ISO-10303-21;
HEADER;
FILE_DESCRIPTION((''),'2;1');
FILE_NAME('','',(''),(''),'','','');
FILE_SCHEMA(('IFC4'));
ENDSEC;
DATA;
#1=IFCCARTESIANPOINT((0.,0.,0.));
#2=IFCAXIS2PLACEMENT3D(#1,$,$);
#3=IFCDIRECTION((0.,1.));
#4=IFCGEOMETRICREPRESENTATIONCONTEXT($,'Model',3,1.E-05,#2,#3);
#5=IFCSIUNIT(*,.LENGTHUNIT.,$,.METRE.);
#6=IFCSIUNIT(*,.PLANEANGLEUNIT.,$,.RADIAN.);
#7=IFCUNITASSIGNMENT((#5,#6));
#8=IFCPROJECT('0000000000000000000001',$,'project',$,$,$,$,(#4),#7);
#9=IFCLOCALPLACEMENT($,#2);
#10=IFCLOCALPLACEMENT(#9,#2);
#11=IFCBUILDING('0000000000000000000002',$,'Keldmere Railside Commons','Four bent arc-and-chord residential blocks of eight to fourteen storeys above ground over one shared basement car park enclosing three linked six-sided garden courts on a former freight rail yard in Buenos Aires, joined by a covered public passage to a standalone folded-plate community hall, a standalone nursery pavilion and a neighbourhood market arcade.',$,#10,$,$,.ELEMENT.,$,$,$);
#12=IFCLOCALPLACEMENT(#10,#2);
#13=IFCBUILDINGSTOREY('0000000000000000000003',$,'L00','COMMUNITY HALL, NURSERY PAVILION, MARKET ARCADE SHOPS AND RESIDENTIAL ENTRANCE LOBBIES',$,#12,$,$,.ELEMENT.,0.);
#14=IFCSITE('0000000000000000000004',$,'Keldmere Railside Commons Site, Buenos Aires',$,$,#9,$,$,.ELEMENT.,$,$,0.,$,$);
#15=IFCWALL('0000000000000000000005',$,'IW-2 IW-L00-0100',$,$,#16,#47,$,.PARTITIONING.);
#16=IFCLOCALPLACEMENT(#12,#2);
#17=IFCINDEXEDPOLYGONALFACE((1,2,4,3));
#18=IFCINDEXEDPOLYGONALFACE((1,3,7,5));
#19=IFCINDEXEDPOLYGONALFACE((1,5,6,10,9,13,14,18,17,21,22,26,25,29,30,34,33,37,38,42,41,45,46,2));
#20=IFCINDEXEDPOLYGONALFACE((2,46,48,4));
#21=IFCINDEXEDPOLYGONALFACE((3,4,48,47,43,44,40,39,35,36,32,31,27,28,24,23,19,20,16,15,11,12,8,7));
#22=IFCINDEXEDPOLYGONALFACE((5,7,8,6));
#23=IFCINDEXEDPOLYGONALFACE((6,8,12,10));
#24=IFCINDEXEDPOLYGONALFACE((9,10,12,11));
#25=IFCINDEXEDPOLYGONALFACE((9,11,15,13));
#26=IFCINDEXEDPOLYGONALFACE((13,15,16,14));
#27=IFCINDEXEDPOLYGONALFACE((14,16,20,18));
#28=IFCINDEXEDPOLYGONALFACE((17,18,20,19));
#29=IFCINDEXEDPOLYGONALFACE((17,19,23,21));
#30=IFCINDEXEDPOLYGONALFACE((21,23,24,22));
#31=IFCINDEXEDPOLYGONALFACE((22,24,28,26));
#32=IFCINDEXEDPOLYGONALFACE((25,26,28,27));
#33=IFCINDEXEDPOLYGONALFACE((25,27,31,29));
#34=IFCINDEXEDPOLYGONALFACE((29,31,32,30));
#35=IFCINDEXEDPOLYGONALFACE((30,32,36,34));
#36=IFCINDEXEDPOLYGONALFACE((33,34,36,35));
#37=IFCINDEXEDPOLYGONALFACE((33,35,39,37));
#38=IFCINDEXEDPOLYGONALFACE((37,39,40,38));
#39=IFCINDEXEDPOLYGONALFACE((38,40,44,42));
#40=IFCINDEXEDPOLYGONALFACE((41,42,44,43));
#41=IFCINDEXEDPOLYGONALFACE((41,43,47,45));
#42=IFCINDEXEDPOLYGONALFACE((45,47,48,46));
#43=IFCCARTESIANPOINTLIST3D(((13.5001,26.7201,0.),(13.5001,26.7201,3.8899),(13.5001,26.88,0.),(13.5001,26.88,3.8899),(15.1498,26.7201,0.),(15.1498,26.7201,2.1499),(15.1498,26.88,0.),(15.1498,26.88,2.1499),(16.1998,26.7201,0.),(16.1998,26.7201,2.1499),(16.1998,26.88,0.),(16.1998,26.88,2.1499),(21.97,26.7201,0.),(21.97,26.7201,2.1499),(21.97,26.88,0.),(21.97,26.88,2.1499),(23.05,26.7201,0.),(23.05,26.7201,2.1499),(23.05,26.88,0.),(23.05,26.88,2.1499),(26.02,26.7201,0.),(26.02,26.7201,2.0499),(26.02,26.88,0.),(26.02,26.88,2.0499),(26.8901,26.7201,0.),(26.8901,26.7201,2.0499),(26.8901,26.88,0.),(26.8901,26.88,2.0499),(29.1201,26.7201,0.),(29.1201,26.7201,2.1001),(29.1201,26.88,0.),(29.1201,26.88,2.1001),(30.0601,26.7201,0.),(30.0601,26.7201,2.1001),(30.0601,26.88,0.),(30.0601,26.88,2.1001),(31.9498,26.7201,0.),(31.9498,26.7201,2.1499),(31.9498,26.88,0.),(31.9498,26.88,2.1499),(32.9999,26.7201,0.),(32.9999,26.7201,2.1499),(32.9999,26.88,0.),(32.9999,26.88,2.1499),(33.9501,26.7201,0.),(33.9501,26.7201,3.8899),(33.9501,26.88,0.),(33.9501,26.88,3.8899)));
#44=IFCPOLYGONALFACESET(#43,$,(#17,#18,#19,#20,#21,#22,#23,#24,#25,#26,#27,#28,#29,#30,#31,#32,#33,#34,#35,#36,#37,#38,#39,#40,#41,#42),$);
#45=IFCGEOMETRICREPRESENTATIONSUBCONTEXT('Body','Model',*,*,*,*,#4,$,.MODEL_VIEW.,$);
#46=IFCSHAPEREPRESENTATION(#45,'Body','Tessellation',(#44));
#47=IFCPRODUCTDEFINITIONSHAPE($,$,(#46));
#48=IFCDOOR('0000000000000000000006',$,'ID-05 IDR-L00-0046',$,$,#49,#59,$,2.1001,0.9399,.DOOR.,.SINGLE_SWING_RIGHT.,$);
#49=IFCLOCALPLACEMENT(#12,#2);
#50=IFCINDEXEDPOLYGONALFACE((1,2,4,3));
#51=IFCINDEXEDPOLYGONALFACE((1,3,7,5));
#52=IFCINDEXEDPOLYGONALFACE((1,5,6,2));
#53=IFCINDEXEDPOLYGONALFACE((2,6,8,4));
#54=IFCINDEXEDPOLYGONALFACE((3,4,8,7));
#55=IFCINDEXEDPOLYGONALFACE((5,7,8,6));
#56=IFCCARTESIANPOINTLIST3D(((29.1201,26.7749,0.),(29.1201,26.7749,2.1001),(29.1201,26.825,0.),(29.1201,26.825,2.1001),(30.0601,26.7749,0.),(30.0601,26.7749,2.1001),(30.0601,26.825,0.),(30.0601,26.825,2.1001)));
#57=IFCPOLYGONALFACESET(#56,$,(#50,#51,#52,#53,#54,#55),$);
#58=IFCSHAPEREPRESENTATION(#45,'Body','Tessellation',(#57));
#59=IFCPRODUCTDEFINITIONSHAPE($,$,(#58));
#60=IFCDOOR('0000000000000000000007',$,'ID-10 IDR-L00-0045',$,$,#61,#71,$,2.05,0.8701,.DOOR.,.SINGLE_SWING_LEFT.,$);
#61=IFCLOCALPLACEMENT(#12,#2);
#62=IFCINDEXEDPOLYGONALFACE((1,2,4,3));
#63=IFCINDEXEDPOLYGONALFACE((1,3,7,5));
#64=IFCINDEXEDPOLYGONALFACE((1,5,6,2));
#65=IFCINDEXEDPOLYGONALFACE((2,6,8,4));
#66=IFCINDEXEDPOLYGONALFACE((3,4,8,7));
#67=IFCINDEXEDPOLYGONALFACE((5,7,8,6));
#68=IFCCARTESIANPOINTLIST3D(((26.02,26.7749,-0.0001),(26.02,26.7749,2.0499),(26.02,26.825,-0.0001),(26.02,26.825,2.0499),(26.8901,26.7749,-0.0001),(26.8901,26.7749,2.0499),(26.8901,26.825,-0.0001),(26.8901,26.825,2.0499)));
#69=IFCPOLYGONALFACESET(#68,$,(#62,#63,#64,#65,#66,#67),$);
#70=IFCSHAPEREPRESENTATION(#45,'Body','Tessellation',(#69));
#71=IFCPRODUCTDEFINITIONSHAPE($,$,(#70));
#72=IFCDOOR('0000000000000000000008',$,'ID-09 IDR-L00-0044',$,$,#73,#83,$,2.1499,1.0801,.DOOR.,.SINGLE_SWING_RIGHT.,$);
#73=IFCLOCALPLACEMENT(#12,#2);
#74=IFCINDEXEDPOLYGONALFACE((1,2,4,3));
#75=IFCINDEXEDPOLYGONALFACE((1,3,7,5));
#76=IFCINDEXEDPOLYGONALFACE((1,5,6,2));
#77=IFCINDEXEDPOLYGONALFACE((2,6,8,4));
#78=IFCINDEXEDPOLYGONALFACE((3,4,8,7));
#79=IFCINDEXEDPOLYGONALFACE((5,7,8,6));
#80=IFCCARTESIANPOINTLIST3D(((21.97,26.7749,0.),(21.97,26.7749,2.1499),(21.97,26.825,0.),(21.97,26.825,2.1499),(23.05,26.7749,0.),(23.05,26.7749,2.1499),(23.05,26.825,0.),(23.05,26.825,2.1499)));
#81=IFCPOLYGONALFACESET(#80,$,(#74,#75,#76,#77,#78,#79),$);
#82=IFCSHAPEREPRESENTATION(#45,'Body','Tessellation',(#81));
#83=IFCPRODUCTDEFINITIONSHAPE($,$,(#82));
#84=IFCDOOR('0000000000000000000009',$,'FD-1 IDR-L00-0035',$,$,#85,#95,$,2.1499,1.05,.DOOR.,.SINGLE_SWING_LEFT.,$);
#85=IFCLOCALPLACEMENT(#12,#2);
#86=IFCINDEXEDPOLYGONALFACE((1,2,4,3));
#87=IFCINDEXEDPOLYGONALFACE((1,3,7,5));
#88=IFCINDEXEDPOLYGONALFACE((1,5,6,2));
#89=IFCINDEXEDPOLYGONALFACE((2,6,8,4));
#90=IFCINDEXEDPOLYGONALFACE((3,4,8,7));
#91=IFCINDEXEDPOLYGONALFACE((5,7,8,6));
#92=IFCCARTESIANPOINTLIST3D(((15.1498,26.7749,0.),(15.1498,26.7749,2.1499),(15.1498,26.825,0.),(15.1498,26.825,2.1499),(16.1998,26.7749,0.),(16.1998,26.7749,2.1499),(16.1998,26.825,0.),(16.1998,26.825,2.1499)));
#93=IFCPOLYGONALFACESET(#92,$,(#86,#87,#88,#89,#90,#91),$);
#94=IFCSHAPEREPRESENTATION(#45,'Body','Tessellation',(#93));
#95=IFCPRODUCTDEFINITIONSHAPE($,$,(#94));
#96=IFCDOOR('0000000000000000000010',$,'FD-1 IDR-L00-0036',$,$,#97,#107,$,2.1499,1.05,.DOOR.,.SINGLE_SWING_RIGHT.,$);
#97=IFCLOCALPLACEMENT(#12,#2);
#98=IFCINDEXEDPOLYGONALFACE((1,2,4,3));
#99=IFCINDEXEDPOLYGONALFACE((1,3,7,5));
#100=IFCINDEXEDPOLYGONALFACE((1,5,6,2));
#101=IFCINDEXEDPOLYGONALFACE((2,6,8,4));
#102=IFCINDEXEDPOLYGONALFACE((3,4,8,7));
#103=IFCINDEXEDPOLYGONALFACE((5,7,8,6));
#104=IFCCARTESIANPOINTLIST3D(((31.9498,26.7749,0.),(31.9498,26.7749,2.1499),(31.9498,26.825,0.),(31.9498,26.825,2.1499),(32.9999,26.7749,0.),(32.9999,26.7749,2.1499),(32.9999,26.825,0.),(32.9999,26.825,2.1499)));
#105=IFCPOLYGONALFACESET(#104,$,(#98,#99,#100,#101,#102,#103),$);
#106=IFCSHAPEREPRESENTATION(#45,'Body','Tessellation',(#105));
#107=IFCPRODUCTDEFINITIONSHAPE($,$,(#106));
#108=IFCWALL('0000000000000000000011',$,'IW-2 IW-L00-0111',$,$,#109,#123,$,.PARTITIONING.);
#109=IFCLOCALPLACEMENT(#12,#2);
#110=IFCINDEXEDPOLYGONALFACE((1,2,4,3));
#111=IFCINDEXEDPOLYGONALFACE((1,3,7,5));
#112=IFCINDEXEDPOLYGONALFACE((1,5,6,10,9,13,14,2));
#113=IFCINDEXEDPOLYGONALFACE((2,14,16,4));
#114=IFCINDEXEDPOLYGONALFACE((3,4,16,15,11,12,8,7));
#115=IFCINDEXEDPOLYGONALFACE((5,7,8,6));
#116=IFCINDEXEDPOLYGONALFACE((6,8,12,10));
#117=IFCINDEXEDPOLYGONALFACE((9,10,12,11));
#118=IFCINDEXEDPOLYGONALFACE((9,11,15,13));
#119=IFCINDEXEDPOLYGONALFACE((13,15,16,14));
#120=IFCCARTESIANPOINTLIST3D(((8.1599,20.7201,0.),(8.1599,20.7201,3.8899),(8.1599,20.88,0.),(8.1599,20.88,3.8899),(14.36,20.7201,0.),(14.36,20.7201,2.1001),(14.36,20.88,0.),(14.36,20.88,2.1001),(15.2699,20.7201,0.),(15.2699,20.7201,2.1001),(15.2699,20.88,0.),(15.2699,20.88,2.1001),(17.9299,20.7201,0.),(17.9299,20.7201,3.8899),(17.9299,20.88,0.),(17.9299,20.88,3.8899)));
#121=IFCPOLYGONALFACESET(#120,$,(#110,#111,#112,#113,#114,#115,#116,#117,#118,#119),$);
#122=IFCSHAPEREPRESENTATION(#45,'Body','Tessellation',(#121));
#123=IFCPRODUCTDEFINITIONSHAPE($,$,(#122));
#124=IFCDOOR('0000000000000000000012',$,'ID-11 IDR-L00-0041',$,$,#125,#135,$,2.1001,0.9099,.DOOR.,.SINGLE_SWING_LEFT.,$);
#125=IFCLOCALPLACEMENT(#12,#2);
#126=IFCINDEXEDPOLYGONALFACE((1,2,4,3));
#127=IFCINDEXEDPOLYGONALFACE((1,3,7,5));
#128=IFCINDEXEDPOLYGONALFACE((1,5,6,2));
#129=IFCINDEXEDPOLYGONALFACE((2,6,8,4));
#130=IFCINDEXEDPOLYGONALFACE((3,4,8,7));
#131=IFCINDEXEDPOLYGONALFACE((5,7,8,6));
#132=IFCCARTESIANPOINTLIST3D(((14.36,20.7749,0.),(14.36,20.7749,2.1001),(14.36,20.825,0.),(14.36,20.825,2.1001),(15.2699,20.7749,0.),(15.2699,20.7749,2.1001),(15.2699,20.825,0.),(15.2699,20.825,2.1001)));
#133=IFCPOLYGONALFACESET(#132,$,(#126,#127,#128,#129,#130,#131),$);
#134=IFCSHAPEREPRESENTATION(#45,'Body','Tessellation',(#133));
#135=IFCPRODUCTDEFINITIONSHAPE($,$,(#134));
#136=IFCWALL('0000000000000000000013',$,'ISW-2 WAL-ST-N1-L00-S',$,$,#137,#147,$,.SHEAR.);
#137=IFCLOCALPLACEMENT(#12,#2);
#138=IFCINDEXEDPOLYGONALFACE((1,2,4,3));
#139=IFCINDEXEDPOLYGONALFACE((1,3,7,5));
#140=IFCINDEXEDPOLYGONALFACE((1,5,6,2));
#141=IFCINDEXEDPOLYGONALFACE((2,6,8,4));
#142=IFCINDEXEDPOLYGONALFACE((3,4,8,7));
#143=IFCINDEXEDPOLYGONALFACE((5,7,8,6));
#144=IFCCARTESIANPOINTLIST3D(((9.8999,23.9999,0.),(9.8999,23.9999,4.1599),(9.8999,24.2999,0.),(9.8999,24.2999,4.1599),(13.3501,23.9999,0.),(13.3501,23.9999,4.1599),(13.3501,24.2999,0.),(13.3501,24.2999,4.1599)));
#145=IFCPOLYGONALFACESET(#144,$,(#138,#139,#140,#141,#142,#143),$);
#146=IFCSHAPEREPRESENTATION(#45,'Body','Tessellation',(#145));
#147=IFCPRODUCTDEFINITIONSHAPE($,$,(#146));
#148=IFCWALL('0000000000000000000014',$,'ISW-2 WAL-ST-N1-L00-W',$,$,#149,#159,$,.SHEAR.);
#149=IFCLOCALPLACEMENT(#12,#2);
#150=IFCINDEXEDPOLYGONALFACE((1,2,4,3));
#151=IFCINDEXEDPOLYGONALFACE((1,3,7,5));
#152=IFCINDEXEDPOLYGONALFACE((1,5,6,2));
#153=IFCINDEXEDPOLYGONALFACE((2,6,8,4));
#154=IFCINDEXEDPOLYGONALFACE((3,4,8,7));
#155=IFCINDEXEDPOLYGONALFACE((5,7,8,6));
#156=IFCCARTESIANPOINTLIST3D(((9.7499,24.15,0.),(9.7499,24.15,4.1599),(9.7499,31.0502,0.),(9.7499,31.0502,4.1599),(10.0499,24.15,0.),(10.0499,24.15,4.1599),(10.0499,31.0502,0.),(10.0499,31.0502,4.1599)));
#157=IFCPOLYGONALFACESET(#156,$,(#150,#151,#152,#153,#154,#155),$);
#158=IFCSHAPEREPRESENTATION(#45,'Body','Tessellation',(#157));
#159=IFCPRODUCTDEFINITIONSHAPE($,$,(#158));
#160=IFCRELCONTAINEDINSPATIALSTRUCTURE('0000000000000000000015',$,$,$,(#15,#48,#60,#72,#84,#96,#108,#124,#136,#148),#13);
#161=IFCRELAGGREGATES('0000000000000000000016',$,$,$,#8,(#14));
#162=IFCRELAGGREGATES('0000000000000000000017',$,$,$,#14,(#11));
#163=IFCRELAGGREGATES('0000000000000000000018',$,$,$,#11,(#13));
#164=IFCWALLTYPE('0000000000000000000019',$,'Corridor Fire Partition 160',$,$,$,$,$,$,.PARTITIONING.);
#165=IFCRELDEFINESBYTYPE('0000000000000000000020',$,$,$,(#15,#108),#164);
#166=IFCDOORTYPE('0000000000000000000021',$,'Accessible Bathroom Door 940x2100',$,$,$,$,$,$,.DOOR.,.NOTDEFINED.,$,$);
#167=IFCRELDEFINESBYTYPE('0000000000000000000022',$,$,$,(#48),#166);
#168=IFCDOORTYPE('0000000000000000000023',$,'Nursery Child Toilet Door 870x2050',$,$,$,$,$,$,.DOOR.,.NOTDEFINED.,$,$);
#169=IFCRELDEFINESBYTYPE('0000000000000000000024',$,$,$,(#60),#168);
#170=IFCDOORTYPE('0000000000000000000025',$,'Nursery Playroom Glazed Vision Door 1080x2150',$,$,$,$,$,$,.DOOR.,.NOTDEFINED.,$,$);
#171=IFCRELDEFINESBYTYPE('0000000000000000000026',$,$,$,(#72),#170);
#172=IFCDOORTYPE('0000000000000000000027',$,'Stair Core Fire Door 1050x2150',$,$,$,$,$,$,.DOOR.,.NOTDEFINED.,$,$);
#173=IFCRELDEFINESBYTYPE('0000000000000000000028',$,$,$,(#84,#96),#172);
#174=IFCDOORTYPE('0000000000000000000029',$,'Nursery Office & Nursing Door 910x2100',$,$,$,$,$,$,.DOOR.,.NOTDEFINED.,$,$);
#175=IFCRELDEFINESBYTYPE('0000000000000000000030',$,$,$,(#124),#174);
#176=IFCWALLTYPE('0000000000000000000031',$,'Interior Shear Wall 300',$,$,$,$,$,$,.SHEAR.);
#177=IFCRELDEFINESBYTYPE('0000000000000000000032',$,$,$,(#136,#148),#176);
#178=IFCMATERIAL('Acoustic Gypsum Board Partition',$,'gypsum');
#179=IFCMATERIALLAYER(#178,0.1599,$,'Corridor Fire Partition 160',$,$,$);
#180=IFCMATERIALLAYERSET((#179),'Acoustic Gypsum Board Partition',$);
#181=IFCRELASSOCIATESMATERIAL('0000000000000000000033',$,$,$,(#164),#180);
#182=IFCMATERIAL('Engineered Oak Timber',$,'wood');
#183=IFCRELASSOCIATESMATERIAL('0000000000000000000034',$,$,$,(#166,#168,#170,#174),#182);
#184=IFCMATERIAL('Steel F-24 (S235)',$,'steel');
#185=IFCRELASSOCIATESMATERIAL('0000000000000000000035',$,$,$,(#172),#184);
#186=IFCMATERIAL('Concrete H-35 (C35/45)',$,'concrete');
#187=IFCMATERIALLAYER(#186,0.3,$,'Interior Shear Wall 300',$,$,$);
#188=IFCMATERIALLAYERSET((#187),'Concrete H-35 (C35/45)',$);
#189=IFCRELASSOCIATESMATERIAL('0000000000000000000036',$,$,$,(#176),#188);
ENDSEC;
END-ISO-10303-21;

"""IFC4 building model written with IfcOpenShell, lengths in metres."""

from ifc_helpers import new_model, si_unit, direction, frame, frame_2d, origin, place, context, subcontext, project, spatial, rectangle, extrude, material, layer, layer_set, type_object, element, fill, save


model = new_model("IFC4")

# Units and contexts
model_context = context("Model", 3, precision=1e-05, world=origin(), true_north=direction((0.0, 1.0)))
body_context = subcontext(model_context, "Body", "Model", "MODEL_VIEW")
ifc_project = project(units=[si_unit("LENGTHUNIT", "METRE"), si_unit("PLANEANGLEUNIT", "RADIAN")], contexts=[model_context])

# Site, building, storey
site_placement = place(None, origin())
site = spatial("IfcSite", under=ifc_project, at=site_placement, Name="Keldmere Railside Commons Site, Buenos Aires", CompositionType="ELEMENT", RefElevation=0.0)
building_placement = place(site_placement, origin())
building = spatial("IfcBuilding", under=site, at=building_placement, Name="Keldmere Railside Commons", Description="Four bent arc-and-chord residential blocks of eight to fourteen storeys above ground over one shared basement car park enclosing three linked six-sided garden courts on a former freight rail yard in Buenos Aires, joined by a covered public passage to a standalone folded-plate community hall, a standalone nursery pavilion and a neighbourhood market arcade.", CompositionType="ELEMENT")
storey_placement = place(building_placement, origin())
storey = spatial("IfcBuildingStorey", under=building, at=storey_placement, Name="L00", Description="COMMUNITY HALL, NURSERY PAVILION, MARKET ARCADE SHOPS AND RESIDENTIAL ENTRANCE LOBBIES", CompositionType="ELEMENT", Elevation=0.0)

# Shared definitions
ifc_material_1 = material(Name="Concrete H-35 (C35/45)", Category="concrete")

# Wall, openings, doors
ifc_material_2 = material(Name="Acoustic Gypsum Board Partition", Category="gypsum")
ifc_layer_1 = layer(ifc_material_2, 0.1599, Name="Corridor Fire Partition 160")
ifc_layer_set_1 = layer_set([ifc_layer_1], Name="Acoustic Gypsum Board Partition")
wall_type_1 = type_object("IfcWallType", Name="Corridor Fire Partition 160", PredefinedType="PARTITIONING", material=ifc_layer_set_1)
wall_1_placement = place(storey_placement, frame((13.5, 26.8, 0.0), z_axis=(0.0, 0.0, 1.0), x_axis=(1.0, 0.0, 0.0)))
wall_1 = element("IfcWall", 1, at=wall_1_placement, inside=storey, type_object=wall_type_1, Name="IW-2 IW-L00-0100", PredefinedType="PARTITIONING", context=body_context, shape_type="SweptSolid", body=[
    extrude(rectangle(XDim=20.45, YDim=0.1599, at=frame_2d((10.2251, 0.0))), origin(), (0.0, 0.0, 1.0), 3.8899),
])
opening_1_placement = place(wall_1_placement, frame((1.6499, 0.0, 0.0)))
opening_1 = element("IfcOpeningElement", 2, at=opening_1_placement, cuts=wall_1, PredefinedType="OPENING", context=body_context, shape_type="SweptSolid", body=[
    extrude(rectangle(XDim=1.05, YDim=2.1499, at=frame_2d((0.5249, 1.075))), frame((0.0, 0.0898, 0.0), z_axis=(0.0, -1.0, 0.0), x_axis=(1.0, 0.0, 0.0)), (0.0, 0.0, 1.0), 0.1799),
])
opening_2_placement = place(wall_1_placement, frame((18.45, 0.0, 0.0)))
opening_2 = element("IfcOpeningElement", 3, at=opening_2_placement, cuts=wall_1, PredefinedType="OPENING", context=body_context, shape_type="SweptSolid", body=[
    extrude(rectangle(XDim=1.05, YDim=2.1499, at=frame_2d((0.5249, 1.075))), frame((0.0, 0.0898, 0.0), z_axis=(0.0, -1.0, 0.0), x_axis=(1.0, 0.0, 0.0)), (0.0, 0.0, 1.0), 0.1799),
])
opening_3_placement = place(wall_1_placement, frame((8.47, 0.0, 0.0)))
opening_3 = element("IfcOpeningElement", 4, at=opening_3_placement, cuts=wall_1, PredefinedType="OPENING", context=body_context, shape_type="SweptSolid", body=[
    extrude(rectangle(XDim=1.0801, YDim=2.1499, at=frame_2d((0.54, 1.075))), frame((0.0, 0.0898, 0.0), z_axis=(0.0, -1.0, 0.0), x_axis=(1.0, 0.0, 0.0)), (0.0, 0.0, 1.0), 0.1799),
])
opening_4_placement = place(wall_1_placement, frame((12.52, 0.0, 0.0)))
opening_4 = element("IfcOpeningElement", 5, at=opening_4_placement, cuts=wall_1, PredefinedType="OPENING", context=body_context, shape_type="SweptSolid", body=[
    extrude(rectangle(XDim=0.8701, YDim=2.05, at=frame_2d((0.4351, 1.0249))), frame((0.0, 0.0898, 0.0), z_axis=(0.0, -1.0, 0.0), x_axis=(1.0, 0.0, 0.0)), (0.0, 0.0, 1.0), 0.1799),
])
opening_5_placement = place(wall_1_placement, frame((15.6201, 0.0, 0.0)))
opening_5 = element("IfcOpeningElement", 6, at=opening_5_placement, cuts=wall_1, PredefinedType="OPENING", context=body_context, shape_type="SweptSolid", body=[
    extrude(rectangle(XDim=0.9399, YDim=2.1001, at=frame_2d((0.47, 1.05))), frame((0.0, 0.0898, 0.0), z_axis=(0.0, -1.0, 0.0), x_axis=(1.0, 0.0, 0.0)), (0.0, 0.0, 1.0), 0.1799),
])
ifc_material_3 = material(Name="Engineered Oak Timber", Category="wood")
door_type_1 = type_object("IfcDoorType", Name="Accessible Bathroom Door 940x2100", OperationType="NOTDEFINED", PredefinedType="DOOR", material=ifc_material_3)
door_1_placement = place(opening_5_placement, origin())
door_1 = element("IfcDoor", 7, at=door_1_placement, inside=storey, type_object=door_type_1, Name="ID-05 IDR-L00-0046", OperationType="SINGLE_SWING_RIGHT", OverallHeight=2.1001, OverallWidth=0.9399, PredefinedType="DOOR", context=body_context, shape_type="SweptSolid", body=[
    extrude(rectangle(XDim=0.9399, YDim=2.1001, at=frame_2d((0.47, 1.05))), frame((0.0, 0.0249, 0.0), z_axis=(0.0, -1.0, 0.0), x_axis=(1.0, 0.0, 0.0)), (0.0, 0.0, 1.0), 0.05),
])
fill(opening_5, door_1)
door_type_2 = type_object("IfcDoorType", Name="Nursery Child Toilet Door 870x2050", OperationType="NOTDEFINED", PredefinedType="DOOR", material=ifc_material_3)
door_2_placement = place(opening_4_placement, origin())
door_2 = element("IfcDoor", 8, at=door_2_placement, inside=storey, type_object=door_type_2, Name="ID-10 IDR-L00-0045", OperationType="SINGLE_SWING_LEFT", OverallHeight=2.05, OverallWidth=0.8701, PredefinedType="DOOR", context=body_context, shape_type="SweptSolid", body=[
    extrude(rectangle(XDim=0.8701, YDim=2.05, at=frame_2d((0.4351, 1.0249))), frame((0.0, 0.0249, 0.0), z_axis=(0.0, -1.0, 0.0), x_axis=(1.0, 0.0, 0.0)), (0.0, 0.0, 1.0), 0.05),
])
fill(opening_4, door_2)
door_type_3 = type_object("IfcDoorType", Name="Nursery Playroom Glazed Vision Door 1080x2150", OperationType="NOTDEFINED", PredefinedType="DOOR", material=ifc_material_3)
door_3_placement = place(opening_3_placement, origin())
door_3 = element("IfcDoor", 9, at=door_3_placement, inside=storey, type_object=door_type_3, Name="ID-09 IDR-L00-0044", OperationType="SINGLE_SWING_RIGHT", OverallHeight=2.1499, OverallWidth=1.0801, PredefinedType="DOOR", context=body_context, shape_type="SweptSolid", body=[
    extrude(rectangle(XDim=1.0801, YDim=2.1499, at=frame_2d((0.54, 1.075))), frame((0.0, 0.0249, 0.0), z_axis=(0.0, -1.0, 0.0), x_axis=(1.0, 0.0, 0.0)), (0.0, 0.0, 1.0), 0.05),
])
fill(opening_3, door_3)
ifc_material_4 = material(Name="Steel F-24 (S235)", Category="steel")
door_type_4 = type_object("IfcDoorType", Name="Stair Core Fire Door 1050x2150", OperationType="NOTDEFINED", PredefinedType="DOOR", material=ifc_material_4)
door_4_placement = place(opening_1_placement, origin())
door_4 = element("IfcDoor", 10, at=door_4_placement, inside=storey, type_object=door_type_4, Name="FD-1 IDR-L00-0035", OperationType="SINGLE_SWING_LEFT", OverallHeight=2.1499, OverallWidth=1.05, PredefinedType="DOOR", context=body_context, shape_type="SweptSolid", body=[
    extrude(rectangle(XDim=1.05, YDim=2.1499, at=frame_2d((0.5249, 1.075))), frame((0.0, 0.0249, 0.0), z_axis=(0.0, -1.0, 0.0), x_axis=(1.0, 0.0, 0.0)), (0.0, 0.0, 1.0), 0.05),
])
fill(opening_1, door_4)
door_5_placement = place(opening_2_placement, origin())
door_5 = element("IfcDoor", 11, at=door_5_placement, inside=storey, type_object=door_type_4, Name="FD-1 IDR-L00-0036", OperationType="SINGLE_SWING_RIGHT", OverallHeight=2.1499, OverallWidth=1.05, PredefinedType="DOOR", context=body_context, shape_type="SweptSolid", body=[
    extrude(rectangle(XDim=1.05, YDim=2.1499, at=frame_2d((0.5249, 1.075))), frame((0.0, 0.0249, 0.0), z_axis=(0.0, -1.0, 0.0), x_axis=(1.0, 0.0, 0.0)), (0.0, 0.0, 1.0), 0.05),
])
fill(opening_2, door_5)

# Wall, opening, door
wall_2_placement = place(storey_placement, frame((8.1599, 20.8, 0.0), z_axis=(0.0, 0.0, 1.0), x_axis=(1.0, 0.0, 0.0)))
wall_2 = element("IfcWall", 12, at=wall_2_placement, inside=storey, type_object=wall_type_1, Name="IW-2 IW-L00-0111", PredefinedType="PARTITIONING", context=body_context, shape_type="SweptSolid", body=[
    extrude(rectangle(XDim=9.77, YDim=0.1599, at=frame_2d((4.885, 0.0))), origin(), (0.0, 0.0, 1.0), 3.8899),
])
opening_6_placement = place(wall_2_placement, frame((6.2, 0.0, 0.0)))
opening_6 = element("IfcOpeningElement", 13, at=opening_6_placement, cuts=wall_2, PredefinedType="OPENING", context=body_context, shape_type="SweptSolid", body=[
    extrude(rectangle(XDim=0.9099, YDim=2.1001, at=frame_2d((0.4551, 1.05))), frame((0.0, 0.0898, 0.0), z_axis=(0.0, -1.0, 0.0), x_axis=(1.0, 0.0, 0.0)), (0.0, 0.0, 1.0), 0.1799),
])
door_type_5 = type_object("IfcDoorType", Name="Nursery Office & Nursing Door 910x2100", OperationType="NOTDEFINED", PredefinedType="DOOR", material=ifc_material_3)
door_6_placement = place(opening_6_placement, origin())
door_6 = element("IfcDoor", 14, at=door_6_placement, inside=storey, type_object=door_type_5, Name="ID-11 IDR-L00-0041", OperationType="SINGLE_SWING_LEFT", OverallHeight=2.1001, OverallWidth=0.9099, PredefinedType="DOOR", context=body_context, shape_type="SweptSolid", body=[
    extrude(rectangle(XDim=0.9099, YDim=2.1001, at=frame_2d((0.4551, 1.05))), frame((0.0, 0.0249, 0.0), z_axis=(0.0, -1.0, 0.0), x_axis=(1.0, 0.0, 0.0)), (0.0, 0.0, 1.0), 0.05),
])
fill(opening_6, door_6)

# Walls
ifc_layer_2 = layer(ifc_material_1, 0.3, Name="Interior Shear Wall 300")
ifc_layer_set_2 = layer_set([ifc_layer_2], Name="Concrete H-35 (C35/45)")
wall_type_2 = type_object("IfcWallType", Name="Interior Shear Wall 300", PredefinedType="SHEAR", material=ifc_layer_set_2)
wall_3_placement = place(storey_placement, frame((9.8999, 24.1499, 0.0), z_axis=(0.0, 0.0, 1.0), x_axis=(1.0, 0.0, 0.0)))
element("IfcWall", 15, at=wall_3_placement, inside=storey, type_object=wall_type_2, Name="ISW-2 WAL-ST-N1-L00-S", PredefinedType="SHEAR", context=body_context, shape_type="SweptSolid", body=[
    extrude(rectangle(XDim=3.4502, YDim=0.3, at=frame_2d((1.7251, 0.0))), origin(), (0.0, 0.0, 1.0), 4.1599),
])
wall_4_placement = place(storey_placement, frame((9.8999, 24.1499, 0.0), z_axis=(0.0, 0.0, 1.0), x_axis=(0.0, 1.0, 0.0)))
element("IfcWall", 16, at=wall_4_placement, inside=storey, type_object=wall_type_2, Name="ISW-2 WAL-ST-N1-L00-W", PredefinedType="SHEAR", context=body_context, shape_type="SweptSolid", body=[
    extrude(rectangle(XDim=6.9001, YDim=0.3, at=frame_2d((3.4502, 0.0))), origin(), (0.0, 0.0, 1.0), 4.1599),
])

save(model, "model.ifc")
